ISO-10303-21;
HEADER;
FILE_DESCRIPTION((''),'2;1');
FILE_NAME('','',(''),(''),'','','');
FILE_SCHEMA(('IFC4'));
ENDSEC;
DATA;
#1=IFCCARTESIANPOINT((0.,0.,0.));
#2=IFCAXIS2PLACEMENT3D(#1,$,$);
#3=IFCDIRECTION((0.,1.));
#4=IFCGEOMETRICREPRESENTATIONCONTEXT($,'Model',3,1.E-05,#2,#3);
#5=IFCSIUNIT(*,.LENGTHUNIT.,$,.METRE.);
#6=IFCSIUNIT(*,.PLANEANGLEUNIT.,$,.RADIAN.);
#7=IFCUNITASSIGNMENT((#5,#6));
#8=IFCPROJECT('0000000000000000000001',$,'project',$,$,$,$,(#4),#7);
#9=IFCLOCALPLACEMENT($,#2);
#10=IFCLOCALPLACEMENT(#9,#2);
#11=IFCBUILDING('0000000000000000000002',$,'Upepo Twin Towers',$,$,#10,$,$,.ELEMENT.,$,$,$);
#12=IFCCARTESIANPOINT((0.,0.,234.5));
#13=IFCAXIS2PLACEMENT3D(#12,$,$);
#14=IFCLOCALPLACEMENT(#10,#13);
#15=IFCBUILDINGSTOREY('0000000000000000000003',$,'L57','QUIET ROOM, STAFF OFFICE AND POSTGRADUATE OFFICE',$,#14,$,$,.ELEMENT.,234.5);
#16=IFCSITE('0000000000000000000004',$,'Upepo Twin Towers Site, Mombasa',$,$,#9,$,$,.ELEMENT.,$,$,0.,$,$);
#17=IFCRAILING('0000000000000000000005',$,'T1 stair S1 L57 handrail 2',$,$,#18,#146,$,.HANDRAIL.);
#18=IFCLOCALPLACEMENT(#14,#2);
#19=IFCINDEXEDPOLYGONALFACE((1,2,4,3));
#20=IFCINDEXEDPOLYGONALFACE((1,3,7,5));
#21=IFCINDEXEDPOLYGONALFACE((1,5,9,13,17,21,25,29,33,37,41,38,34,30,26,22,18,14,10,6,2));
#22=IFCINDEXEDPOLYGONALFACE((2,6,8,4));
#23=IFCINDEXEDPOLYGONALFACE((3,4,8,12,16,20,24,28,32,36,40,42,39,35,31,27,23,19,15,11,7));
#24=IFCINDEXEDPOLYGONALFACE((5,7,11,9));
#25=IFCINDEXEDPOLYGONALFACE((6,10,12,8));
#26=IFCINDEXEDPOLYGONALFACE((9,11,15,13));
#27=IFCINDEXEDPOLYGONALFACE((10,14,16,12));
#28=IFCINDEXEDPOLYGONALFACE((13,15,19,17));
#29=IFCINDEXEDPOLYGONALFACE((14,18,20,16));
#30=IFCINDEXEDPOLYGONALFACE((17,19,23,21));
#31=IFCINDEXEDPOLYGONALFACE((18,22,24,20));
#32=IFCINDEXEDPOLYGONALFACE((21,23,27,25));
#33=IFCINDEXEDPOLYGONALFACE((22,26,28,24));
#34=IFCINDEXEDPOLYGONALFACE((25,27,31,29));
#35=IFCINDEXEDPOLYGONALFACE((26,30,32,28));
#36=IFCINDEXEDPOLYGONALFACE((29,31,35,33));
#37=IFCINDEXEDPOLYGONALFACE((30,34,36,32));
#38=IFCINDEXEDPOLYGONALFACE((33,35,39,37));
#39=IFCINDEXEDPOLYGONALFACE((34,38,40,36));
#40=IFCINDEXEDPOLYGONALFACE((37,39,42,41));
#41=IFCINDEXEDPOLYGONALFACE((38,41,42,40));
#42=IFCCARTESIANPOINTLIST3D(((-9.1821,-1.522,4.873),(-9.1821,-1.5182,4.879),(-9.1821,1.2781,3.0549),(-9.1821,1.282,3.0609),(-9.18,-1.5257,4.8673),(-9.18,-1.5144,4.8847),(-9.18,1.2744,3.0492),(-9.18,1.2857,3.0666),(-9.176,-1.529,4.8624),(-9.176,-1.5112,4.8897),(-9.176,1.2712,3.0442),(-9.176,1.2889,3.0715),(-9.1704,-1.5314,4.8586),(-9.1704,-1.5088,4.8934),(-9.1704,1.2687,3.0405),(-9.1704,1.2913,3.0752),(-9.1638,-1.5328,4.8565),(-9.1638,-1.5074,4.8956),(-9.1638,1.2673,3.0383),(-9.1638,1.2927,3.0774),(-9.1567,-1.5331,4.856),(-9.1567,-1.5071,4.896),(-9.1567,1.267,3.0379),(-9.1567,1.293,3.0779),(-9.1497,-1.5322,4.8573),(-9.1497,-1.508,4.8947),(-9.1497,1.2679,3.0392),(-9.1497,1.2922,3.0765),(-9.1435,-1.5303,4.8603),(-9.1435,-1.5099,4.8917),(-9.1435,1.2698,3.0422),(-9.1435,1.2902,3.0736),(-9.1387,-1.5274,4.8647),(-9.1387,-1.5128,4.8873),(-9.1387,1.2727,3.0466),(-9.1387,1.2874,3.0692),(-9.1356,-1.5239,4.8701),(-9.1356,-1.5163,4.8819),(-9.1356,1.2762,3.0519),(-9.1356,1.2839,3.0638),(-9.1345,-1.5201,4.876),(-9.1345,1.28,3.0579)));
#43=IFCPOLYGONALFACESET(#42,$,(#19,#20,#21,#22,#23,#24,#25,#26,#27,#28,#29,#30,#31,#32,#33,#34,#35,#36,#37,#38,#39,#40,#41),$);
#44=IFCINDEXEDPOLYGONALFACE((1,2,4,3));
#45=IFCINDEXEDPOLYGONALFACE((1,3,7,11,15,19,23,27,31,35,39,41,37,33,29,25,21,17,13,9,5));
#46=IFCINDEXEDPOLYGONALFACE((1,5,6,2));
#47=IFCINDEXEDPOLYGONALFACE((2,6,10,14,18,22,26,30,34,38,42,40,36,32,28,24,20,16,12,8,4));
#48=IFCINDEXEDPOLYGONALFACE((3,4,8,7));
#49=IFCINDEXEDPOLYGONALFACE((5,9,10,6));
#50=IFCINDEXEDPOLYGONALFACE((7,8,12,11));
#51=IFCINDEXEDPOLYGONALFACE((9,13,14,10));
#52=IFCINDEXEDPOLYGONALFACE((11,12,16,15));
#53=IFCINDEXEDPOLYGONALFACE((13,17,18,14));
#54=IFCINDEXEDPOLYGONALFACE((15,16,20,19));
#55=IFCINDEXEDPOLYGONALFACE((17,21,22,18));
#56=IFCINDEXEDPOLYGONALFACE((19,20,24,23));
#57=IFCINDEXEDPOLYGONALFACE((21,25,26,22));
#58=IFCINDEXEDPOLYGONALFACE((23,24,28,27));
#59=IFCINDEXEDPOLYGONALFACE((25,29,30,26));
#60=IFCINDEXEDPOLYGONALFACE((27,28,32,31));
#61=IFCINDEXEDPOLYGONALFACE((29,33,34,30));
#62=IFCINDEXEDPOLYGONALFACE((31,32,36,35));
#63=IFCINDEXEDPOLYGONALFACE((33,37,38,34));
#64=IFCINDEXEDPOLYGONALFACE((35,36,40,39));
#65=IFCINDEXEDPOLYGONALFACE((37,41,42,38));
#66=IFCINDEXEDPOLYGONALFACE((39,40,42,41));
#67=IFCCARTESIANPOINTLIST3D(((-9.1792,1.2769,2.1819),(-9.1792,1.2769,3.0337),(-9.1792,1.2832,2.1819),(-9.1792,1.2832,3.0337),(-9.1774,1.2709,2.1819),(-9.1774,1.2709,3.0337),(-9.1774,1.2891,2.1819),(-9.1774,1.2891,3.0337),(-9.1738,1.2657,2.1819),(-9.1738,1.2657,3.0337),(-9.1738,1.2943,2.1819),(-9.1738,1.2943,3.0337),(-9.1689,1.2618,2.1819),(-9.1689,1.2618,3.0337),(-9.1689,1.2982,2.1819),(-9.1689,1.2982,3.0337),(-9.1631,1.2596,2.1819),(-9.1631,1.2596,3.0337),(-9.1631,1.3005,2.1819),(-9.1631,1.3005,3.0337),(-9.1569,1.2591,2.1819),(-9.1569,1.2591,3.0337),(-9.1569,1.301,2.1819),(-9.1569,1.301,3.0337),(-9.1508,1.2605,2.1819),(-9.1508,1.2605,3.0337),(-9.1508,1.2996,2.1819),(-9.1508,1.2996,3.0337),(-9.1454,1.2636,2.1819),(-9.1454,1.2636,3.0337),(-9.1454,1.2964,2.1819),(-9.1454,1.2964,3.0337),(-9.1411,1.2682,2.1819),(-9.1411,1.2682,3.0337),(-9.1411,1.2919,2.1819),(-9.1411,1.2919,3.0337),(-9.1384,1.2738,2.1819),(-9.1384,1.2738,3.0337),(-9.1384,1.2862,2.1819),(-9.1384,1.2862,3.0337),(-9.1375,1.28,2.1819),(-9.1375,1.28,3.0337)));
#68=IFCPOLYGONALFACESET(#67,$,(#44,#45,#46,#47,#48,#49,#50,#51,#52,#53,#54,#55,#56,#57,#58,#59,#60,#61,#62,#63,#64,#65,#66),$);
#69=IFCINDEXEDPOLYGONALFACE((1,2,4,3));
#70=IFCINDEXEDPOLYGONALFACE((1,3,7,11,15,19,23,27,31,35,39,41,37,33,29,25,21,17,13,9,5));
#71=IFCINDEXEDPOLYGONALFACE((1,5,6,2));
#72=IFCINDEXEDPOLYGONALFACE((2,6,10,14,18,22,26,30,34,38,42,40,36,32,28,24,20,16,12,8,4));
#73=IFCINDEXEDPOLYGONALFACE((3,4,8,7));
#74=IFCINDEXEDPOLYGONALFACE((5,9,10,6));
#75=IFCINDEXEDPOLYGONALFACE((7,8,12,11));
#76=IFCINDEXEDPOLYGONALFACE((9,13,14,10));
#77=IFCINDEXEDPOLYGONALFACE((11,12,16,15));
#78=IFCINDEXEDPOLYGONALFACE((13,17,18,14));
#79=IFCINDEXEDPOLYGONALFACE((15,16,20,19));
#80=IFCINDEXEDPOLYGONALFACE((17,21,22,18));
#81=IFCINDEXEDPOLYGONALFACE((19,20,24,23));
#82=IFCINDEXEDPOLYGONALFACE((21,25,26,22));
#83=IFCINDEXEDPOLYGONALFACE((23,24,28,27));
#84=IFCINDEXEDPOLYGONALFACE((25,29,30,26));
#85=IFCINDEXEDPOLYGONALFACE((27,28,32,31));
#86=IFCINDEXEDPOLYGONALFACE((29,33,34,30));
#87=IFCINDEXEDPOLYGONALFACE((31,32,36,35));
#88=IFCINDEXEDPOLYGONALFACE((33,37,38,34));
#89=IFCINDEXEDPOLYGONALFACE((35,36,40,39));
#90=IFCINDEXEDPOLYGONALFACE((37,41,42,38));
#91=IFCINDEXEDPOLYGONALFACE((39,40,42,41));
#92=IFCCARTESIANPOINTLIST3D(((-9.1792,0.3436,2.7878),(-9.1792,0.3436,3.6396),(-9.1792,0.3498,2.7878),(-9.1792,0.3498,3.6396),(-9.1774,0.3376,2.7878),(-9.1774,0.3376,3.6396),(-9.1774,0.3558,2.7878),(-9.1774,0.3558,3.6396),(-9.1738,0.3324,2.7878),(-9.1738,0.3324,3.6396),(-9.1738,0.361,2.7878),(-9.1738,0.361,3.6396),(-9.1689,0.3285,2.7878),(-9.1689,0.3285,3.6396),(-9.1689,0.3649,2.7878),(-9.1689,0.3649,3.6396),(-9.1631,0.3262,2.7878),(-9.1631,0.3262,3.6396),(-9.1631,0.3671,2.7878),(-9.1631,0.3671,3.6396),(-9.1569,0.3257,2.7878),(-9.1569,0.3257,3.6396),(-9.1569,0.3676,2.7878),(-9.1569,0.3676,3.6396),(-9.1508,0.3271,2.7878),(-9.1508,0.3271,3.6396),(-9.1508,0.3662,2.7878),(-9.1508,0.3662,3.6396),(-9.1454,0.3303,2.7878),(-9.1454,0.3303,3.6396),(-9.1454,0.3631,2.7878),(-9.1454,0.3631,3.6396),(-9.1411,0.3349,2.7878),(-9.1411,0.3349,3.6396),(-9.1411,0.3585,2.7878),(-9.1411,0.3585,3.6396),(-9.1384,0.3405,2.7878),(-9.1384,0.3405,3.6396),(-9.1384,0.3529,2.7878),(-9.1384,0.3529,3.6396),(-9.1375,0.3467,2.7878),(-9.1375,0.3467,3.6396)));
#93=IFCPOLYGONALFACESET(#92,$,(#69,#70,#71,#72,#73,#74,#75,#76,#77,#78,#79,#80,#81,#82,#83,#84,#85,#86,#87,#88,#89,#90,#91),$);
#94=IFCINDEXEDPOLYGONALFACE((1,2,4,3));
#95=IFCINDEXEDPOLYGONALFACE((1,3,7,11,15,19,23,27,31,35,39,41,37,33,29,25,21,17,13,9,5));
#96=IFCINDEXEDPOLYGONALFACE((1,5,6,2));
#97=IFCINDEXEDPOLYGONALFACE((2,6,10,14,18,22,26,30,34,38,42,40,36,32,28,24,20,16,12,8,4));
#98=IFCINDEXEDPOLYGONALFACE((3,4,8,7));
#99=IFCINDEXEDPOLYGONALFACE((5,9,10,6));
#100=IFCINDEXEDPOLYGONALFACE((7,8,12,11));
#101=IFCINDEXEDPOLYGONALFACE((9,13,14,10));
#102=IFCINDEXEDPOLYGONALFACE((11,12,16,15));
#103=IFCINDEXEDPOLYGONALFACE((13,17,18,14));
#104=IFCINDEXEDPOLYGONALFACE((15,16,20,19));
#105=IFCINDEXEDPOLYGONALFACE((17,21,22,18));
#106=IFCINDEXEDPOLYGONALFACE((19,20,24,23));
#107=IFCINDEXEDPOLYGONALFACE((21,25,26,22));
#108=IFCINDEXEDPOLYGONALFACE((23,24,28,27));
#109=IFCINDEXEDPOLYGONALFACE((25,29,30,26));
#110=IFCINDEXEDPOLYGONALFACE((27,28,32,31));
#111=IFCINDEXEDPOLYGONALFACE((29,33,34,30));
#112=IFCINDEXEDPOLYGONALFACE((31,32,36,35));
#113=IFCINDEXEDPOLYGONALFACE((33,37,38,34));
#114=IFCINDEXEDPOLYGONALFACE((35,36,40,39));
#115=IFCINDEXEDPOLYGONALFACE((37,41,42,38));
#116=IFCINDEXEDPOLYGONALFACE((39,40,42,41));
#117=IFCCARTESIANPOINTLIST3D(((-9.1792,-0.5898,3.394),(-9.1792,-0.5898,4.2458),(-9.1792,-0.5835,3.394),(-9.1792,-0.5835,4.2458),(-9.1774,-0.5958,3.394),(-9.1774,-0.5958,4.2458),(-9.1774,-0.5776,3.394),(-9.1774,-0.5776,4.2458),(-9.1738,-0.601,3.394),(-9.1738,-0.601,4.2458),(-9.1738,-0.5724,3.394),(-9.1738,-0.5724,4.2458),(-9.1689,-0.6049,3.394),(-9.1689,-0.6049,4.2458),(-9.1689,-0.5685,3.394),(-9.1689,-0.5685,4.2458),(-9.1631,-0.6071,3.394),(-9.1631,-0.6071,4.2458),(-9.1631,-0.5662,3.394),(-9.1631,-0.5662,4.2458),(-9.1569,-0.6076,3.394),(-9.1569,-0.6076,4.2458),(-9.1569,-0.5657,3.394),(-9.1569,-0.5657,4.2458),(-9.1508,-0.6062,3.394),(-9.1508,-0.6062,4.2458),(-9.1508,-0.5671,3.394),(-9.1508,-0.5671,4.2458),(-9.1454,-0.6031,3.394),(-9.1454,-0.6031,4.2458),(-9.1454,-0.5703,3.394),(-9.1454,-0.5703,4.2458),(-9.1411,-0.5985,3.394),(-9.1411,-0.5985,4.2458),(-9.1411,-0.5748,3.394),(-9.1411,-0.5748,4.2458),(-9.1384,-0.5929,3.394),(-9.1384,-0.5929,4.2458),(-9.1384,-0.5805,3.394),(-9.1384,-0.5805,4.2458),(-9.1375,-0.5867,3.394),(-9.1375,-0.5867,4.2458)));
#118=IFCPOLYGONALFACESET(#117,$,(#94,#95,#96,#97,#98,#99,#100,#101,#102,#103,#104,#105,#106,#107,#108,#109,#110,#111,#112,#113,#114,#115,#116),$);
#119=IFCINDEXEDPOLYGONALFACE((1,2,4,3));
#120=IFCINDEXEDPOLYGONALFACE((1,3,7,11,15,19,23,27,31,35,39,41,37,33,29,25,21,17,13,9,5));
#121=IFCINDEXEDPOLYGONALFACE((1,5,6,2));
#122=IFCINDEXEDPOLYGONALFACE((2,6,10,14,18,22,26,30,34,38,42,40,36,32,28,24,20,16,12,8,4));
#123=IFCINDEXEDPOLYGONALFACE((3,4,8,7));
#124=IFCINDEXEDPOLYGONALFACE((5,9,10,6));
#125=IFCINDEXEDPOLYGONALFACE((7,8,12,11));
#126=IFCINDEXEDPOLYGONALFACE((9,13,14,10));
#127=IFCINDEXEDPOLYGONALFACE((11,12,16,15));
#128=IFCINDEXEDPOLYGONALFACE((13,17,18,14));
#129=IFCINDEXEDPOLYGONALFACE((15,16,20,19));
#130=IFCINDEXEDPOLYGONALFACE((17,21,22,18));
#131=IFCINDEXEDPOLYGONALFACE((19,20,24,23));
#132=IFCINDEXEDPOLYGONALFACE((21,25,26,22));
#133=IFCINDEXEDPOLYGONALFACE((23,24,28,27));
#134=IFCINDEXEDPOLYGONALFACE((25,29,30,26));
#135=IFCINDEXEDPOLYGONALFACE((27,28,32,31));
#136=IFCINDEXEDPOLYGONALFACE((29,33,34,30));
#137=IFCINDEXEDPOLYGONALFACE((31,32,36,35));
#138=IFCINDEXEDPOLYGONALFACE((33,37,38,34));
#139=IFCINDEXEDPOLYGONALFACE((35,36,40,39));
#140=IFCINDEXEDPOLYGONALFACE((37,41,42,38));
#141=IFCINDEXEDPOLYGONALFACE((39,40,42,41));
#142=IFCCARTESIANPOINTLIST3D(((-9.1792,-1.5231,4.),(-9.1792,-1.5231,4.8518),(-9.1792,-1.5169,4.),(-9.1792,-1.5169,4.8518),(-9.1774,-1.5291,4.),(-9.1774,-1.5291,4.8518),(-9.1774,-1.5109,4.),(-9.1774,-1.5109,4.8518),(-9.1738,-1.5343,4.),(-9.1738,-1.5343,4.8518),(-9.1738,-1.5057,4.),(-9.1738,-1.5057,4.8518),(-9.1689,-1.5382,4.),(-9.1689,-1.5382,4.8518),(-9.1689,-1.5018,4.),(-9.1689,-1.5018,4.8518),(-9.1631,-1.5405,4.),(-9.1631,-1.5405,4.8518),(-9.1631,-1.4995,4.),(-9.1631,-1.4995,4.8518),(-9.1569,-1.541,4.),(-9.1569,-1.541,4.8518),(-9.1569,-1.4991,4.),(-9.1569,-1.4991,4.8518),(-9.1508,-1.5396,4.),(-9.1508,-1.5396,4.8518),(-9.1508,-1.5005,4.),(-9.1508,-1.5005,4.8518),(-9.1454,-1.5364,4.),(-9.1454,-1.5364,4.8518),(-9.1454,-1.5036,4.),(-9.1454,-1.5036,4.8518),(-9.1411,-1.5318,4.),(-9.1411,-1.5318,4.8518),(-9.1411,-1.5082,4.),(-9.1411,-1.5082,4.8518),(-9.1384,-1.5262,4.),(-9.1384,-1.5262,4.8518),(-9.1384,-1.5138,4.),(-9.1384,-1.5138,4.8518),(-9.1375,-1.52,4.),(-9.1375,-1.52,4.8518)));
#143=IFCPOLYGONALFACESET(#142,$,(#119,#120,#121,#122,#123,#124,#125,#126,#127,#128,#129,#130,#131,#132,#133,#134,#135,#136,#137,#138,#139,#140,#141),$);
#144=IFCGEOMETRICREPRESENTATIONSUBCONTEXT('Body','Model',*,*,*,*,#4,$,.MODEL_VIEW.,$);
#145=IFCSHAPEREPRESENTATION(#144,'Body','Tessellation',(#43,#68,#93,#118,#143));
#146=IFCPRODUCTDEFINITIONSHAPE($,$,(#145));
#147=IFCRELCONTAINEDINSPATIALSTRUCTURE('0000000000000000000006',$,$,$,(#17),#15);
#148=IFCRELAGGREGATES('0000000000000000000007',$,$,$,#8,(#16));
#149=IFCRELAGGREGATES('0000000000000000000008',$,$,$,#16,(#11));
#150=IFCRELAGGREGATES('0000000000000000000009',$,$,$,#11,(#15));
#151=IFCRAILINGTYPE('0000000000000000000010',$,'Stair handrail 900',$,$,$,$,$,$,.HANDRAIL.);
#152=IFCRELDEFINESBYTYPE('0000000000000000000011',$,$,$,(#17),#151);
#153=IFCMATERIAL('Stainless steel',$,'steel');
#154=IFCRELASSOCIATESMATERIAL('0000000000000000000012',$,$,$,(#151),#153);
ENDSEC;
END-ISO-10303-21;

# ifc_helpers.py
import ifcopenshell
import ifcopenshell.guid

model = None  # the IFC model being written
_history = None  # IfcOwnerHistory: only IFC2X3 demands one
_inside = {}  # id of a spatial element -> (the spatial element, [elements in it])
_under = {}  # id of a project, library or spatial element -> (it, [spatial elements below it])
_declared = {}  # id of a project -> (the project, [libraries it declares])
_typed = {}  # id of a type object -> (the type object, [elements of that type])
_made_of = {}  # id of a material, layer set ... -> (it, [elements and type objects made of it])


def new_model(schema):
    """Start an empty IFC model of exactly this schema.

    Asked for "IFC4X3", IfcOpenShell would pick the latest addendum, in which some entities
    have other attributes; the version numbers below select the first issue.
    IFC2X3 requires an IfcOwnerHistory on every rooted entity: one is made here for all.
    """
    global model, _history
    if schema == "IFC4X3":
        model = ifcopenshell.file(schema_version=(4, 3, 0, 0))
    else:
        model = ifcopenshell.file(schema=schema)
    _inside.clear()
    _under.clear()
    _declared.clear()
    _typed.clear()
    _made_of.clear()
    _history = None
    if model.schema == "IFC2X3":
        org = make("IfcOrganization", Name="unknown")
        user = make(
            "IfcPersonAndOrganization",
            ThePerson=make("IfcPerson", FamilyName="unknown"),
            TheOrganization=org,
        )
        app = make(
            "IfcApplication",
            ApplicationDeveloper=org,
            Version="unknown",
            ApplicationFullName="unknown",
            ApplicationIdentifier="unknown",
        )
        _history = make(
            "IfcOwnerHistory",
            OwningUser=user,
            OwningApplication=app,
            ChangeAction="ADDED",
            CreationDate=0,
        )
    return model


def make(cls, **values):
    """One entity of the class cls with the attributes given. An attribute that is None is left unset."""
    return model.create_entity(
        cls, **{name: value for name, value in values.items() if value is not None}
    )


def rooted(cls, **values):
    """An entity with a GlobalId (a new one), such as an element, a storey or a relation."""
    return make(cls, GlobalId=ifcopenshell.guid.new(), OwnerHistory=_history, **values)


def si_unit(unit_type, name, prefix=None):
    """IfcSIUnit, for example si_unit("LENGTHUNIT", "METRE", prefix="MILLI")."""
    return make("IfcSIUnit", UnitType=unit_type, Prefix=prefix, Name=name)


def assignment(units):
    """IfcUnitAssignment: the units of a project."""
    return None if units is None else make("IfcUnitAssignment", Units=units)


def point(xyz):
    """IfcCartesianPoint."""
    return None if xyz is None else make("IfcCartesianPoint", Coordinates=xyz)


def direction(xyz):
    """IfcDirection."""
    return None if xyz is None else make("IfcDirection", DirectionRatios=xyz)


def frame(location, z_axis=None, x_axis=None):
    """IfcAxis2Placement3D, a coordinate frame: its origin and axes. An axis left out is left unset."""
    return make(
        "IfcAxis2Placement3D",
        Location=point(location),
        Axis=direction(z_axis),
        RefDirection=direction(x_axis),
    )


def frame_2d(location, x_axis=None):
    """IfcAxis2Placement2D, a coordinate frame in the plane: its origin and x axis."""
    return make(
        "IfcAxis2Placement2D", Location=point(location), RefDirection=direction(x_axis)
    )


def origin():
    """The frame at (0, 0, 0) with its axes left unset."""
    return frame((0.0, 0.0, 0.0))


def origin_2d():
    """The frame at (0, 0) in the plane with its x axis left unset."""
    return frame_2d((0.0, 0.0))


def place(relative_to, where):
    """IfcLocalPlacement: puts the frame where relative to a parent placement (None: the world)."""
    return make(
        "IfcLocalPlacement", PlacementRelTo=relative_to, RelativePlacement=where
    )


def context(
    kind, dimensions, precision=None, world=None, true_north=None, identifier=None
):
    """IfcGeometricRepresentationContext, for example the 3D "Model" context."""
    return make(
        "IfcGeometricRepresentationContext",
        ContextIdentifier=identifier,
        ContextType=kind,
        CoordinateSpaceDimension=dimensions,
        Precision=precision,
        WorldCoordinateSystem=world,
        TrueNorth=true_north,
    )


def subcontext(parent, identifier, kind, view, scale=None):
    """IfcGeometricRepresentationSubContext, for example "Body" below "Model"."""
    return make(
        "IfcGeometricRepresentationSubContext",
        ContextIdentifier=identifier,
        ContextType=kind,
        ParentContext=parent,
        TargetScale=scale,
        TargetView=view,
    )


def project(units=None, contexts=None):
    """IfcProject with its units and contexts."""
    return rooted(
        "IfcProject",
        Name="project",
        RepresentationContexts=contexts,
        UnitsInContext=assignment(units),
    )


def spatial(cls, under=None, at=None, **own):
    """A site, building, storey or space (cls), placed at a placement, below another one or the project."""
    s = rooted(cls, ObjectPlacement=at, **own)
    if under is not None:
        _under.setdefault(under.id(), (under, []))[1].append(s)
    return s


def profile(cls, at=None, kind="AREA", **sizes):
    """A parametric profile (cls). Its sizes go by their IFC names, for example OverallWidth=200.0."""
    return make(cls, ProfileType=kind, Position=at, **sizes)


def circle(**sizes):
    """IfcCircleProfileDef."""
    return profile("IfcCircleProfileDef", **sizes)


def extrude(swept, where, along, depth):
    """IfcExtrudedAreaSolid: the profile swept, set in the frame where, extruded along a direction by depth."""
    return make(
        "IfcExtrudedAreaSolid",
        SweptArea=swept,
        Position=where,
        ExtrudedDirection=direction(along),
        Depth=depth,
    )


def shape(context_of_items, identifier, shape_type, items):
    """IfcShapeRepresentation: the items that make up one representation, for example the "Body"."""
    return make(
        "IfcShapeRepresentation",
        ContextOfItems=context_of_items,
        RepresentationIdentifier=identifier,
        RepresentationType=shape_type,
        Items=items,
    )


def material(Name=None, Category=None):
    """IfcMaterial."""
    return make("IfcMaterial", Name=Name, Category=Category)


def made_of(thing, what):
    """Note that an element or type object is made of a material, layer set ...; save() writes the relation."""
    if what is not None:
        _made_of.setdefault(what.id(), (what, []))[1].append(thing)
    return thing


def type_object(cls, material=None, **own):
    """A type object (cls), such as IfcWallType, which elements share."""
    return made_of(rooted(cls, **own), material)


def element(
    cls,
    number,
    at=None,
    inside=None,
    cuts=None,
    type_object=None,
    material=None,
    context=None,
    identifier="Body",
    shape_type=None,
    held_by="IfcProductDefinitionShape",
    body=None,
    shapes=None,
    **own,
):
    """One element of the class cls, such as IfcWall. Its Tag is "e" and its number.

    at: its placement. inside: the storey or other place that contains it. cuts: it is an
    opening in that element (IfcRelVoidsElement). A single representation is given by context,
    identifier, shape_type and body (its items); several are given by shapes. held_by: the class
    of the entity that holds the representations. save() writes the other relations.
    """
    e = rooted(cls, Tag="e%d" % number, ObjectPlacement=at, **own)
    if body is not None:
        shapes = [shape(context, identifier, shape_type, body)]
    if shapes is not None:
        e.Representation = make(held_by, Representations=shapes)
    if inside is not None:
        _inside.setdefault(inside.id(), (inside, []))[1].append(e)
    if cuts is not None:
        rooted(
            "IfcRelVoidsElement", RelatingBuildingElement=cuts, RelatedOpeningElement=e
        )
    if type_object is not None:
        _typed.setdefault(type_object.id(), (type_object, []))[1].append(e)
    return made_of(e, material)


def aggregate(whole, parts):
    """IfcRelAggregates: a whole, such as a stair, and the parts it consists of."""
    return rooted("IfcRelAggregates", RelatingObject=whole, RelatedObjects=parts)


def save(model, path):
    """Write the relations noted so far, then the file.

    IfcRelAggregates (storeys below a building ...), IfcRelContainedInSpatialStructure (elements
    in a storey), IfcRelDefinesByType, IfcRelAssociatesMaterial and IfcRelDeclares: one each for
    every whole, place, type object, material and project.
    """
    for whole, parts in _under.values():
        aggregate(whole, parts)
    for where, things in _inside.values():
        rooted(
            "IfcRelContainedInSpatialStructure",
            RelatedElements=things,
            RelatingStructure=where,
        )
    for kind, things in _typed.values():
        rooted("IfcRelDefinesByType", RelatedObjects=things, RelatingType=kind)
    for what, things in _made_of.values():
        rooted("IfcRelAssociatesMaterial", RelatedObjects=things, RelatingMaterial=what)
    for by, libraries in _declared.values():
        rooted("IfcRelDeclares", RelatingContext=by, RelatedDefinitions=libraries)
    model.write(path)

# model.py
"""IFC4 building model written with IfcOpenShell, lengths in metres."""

from ifc_helpers import new_model, si_unit, direction, frame, origin, origin_2d, place, context, subcontext, project, spatial, circle, extrude, material, type_object, element, save


model = new_model("IFC4")

# Units and contexts
model_context = context("Model", 3, precision=1e-05, world=origin(), true_north=direction((0.0, 1.0)))
body_context = subcontext(model_context, "Body", "Model", "MODEL_VIEW")
ifc_project = project(units=[si_unit("LENGTHUNIT", "METRE"), si_unit("PLANEANGLEUNIT", "RADIAN")], contexts=[model_context])

# Site, building, storey
site_placement = place(None, origin())
site = spatial("IfcSite", under=ifc_project, at=site_placement, Name="Upepo Twin Towers Site, Mombasa", CompositionType="ELEMENT", RefElevation=0.0)
building_placement = place(site_placement, origin())
building = spatial("IfcBuilding", under=site, at=building_placement, Name="Upepo Twin Towers", CompositionType="ELEMENT")
storey_placement = place(building_placement, frame((0.0, 0.0, 234.5)))
storey = spatial("IfcBuildingStorey", under=building, at=storey_placement, Name="L57", Description="QUIET ROOM, STAFF OFFICE AND POSTGRADUATE OFFICE", CompositionType="ELEMENT", Elevation=234.5)

# Railing
ifc_material_1 = material(Name="Stainless steel", Category="steel")
railing_type = type_object("IfcRailingType", Name="Stair handrail 900", PredefinedType="HANDRAIL", material=ifc_material_1)
railing_1_placement = place(storey_placement, frame((-9.1584, 1.28, 2.1819)))
element("IfcRailing", 1, at=railing_1_placement, inside=storey, type_object=railing_type, Name="T1 stair S1 L57 handrail 2", PredefinedType="HANDRAIL", context=body_context, shape_type="SweptSolid", body=[
    extrude(circle(Radius=0.0239, at=origin_2d()), frame((0.0, 0.0, 0.876), z_axis=(0.0, -0.838706, 0.544585), x_axis=(1.0, 0.0, 0.0)), (0.0, 0.0, 1.0), 3.3386),
    extrude(circle(Radius=0.021, at=origin_2d()), origin(), (0.0, 0.0, 1.0), 0.8518),
    extrude(circle(Radius=0.021, at=origin_2d()), frame((0.0, -0.9333, 0.606)), (0.0, 0.0, 1.0), 0.8518),
    extrude(circle(Radius=0.021, at=origin_2d()), frame((0.0, -1.8667, 1.2122)), (0.0, 0.0, 1.0), 0.8518),
    extrude(circle(Radius=0.021, at=origin_2d()), frame((0.0, -2.8, 1.8181)), (0.0, 0.0, 1.0), 0.8518),
])

save(model, "model.ifc")
